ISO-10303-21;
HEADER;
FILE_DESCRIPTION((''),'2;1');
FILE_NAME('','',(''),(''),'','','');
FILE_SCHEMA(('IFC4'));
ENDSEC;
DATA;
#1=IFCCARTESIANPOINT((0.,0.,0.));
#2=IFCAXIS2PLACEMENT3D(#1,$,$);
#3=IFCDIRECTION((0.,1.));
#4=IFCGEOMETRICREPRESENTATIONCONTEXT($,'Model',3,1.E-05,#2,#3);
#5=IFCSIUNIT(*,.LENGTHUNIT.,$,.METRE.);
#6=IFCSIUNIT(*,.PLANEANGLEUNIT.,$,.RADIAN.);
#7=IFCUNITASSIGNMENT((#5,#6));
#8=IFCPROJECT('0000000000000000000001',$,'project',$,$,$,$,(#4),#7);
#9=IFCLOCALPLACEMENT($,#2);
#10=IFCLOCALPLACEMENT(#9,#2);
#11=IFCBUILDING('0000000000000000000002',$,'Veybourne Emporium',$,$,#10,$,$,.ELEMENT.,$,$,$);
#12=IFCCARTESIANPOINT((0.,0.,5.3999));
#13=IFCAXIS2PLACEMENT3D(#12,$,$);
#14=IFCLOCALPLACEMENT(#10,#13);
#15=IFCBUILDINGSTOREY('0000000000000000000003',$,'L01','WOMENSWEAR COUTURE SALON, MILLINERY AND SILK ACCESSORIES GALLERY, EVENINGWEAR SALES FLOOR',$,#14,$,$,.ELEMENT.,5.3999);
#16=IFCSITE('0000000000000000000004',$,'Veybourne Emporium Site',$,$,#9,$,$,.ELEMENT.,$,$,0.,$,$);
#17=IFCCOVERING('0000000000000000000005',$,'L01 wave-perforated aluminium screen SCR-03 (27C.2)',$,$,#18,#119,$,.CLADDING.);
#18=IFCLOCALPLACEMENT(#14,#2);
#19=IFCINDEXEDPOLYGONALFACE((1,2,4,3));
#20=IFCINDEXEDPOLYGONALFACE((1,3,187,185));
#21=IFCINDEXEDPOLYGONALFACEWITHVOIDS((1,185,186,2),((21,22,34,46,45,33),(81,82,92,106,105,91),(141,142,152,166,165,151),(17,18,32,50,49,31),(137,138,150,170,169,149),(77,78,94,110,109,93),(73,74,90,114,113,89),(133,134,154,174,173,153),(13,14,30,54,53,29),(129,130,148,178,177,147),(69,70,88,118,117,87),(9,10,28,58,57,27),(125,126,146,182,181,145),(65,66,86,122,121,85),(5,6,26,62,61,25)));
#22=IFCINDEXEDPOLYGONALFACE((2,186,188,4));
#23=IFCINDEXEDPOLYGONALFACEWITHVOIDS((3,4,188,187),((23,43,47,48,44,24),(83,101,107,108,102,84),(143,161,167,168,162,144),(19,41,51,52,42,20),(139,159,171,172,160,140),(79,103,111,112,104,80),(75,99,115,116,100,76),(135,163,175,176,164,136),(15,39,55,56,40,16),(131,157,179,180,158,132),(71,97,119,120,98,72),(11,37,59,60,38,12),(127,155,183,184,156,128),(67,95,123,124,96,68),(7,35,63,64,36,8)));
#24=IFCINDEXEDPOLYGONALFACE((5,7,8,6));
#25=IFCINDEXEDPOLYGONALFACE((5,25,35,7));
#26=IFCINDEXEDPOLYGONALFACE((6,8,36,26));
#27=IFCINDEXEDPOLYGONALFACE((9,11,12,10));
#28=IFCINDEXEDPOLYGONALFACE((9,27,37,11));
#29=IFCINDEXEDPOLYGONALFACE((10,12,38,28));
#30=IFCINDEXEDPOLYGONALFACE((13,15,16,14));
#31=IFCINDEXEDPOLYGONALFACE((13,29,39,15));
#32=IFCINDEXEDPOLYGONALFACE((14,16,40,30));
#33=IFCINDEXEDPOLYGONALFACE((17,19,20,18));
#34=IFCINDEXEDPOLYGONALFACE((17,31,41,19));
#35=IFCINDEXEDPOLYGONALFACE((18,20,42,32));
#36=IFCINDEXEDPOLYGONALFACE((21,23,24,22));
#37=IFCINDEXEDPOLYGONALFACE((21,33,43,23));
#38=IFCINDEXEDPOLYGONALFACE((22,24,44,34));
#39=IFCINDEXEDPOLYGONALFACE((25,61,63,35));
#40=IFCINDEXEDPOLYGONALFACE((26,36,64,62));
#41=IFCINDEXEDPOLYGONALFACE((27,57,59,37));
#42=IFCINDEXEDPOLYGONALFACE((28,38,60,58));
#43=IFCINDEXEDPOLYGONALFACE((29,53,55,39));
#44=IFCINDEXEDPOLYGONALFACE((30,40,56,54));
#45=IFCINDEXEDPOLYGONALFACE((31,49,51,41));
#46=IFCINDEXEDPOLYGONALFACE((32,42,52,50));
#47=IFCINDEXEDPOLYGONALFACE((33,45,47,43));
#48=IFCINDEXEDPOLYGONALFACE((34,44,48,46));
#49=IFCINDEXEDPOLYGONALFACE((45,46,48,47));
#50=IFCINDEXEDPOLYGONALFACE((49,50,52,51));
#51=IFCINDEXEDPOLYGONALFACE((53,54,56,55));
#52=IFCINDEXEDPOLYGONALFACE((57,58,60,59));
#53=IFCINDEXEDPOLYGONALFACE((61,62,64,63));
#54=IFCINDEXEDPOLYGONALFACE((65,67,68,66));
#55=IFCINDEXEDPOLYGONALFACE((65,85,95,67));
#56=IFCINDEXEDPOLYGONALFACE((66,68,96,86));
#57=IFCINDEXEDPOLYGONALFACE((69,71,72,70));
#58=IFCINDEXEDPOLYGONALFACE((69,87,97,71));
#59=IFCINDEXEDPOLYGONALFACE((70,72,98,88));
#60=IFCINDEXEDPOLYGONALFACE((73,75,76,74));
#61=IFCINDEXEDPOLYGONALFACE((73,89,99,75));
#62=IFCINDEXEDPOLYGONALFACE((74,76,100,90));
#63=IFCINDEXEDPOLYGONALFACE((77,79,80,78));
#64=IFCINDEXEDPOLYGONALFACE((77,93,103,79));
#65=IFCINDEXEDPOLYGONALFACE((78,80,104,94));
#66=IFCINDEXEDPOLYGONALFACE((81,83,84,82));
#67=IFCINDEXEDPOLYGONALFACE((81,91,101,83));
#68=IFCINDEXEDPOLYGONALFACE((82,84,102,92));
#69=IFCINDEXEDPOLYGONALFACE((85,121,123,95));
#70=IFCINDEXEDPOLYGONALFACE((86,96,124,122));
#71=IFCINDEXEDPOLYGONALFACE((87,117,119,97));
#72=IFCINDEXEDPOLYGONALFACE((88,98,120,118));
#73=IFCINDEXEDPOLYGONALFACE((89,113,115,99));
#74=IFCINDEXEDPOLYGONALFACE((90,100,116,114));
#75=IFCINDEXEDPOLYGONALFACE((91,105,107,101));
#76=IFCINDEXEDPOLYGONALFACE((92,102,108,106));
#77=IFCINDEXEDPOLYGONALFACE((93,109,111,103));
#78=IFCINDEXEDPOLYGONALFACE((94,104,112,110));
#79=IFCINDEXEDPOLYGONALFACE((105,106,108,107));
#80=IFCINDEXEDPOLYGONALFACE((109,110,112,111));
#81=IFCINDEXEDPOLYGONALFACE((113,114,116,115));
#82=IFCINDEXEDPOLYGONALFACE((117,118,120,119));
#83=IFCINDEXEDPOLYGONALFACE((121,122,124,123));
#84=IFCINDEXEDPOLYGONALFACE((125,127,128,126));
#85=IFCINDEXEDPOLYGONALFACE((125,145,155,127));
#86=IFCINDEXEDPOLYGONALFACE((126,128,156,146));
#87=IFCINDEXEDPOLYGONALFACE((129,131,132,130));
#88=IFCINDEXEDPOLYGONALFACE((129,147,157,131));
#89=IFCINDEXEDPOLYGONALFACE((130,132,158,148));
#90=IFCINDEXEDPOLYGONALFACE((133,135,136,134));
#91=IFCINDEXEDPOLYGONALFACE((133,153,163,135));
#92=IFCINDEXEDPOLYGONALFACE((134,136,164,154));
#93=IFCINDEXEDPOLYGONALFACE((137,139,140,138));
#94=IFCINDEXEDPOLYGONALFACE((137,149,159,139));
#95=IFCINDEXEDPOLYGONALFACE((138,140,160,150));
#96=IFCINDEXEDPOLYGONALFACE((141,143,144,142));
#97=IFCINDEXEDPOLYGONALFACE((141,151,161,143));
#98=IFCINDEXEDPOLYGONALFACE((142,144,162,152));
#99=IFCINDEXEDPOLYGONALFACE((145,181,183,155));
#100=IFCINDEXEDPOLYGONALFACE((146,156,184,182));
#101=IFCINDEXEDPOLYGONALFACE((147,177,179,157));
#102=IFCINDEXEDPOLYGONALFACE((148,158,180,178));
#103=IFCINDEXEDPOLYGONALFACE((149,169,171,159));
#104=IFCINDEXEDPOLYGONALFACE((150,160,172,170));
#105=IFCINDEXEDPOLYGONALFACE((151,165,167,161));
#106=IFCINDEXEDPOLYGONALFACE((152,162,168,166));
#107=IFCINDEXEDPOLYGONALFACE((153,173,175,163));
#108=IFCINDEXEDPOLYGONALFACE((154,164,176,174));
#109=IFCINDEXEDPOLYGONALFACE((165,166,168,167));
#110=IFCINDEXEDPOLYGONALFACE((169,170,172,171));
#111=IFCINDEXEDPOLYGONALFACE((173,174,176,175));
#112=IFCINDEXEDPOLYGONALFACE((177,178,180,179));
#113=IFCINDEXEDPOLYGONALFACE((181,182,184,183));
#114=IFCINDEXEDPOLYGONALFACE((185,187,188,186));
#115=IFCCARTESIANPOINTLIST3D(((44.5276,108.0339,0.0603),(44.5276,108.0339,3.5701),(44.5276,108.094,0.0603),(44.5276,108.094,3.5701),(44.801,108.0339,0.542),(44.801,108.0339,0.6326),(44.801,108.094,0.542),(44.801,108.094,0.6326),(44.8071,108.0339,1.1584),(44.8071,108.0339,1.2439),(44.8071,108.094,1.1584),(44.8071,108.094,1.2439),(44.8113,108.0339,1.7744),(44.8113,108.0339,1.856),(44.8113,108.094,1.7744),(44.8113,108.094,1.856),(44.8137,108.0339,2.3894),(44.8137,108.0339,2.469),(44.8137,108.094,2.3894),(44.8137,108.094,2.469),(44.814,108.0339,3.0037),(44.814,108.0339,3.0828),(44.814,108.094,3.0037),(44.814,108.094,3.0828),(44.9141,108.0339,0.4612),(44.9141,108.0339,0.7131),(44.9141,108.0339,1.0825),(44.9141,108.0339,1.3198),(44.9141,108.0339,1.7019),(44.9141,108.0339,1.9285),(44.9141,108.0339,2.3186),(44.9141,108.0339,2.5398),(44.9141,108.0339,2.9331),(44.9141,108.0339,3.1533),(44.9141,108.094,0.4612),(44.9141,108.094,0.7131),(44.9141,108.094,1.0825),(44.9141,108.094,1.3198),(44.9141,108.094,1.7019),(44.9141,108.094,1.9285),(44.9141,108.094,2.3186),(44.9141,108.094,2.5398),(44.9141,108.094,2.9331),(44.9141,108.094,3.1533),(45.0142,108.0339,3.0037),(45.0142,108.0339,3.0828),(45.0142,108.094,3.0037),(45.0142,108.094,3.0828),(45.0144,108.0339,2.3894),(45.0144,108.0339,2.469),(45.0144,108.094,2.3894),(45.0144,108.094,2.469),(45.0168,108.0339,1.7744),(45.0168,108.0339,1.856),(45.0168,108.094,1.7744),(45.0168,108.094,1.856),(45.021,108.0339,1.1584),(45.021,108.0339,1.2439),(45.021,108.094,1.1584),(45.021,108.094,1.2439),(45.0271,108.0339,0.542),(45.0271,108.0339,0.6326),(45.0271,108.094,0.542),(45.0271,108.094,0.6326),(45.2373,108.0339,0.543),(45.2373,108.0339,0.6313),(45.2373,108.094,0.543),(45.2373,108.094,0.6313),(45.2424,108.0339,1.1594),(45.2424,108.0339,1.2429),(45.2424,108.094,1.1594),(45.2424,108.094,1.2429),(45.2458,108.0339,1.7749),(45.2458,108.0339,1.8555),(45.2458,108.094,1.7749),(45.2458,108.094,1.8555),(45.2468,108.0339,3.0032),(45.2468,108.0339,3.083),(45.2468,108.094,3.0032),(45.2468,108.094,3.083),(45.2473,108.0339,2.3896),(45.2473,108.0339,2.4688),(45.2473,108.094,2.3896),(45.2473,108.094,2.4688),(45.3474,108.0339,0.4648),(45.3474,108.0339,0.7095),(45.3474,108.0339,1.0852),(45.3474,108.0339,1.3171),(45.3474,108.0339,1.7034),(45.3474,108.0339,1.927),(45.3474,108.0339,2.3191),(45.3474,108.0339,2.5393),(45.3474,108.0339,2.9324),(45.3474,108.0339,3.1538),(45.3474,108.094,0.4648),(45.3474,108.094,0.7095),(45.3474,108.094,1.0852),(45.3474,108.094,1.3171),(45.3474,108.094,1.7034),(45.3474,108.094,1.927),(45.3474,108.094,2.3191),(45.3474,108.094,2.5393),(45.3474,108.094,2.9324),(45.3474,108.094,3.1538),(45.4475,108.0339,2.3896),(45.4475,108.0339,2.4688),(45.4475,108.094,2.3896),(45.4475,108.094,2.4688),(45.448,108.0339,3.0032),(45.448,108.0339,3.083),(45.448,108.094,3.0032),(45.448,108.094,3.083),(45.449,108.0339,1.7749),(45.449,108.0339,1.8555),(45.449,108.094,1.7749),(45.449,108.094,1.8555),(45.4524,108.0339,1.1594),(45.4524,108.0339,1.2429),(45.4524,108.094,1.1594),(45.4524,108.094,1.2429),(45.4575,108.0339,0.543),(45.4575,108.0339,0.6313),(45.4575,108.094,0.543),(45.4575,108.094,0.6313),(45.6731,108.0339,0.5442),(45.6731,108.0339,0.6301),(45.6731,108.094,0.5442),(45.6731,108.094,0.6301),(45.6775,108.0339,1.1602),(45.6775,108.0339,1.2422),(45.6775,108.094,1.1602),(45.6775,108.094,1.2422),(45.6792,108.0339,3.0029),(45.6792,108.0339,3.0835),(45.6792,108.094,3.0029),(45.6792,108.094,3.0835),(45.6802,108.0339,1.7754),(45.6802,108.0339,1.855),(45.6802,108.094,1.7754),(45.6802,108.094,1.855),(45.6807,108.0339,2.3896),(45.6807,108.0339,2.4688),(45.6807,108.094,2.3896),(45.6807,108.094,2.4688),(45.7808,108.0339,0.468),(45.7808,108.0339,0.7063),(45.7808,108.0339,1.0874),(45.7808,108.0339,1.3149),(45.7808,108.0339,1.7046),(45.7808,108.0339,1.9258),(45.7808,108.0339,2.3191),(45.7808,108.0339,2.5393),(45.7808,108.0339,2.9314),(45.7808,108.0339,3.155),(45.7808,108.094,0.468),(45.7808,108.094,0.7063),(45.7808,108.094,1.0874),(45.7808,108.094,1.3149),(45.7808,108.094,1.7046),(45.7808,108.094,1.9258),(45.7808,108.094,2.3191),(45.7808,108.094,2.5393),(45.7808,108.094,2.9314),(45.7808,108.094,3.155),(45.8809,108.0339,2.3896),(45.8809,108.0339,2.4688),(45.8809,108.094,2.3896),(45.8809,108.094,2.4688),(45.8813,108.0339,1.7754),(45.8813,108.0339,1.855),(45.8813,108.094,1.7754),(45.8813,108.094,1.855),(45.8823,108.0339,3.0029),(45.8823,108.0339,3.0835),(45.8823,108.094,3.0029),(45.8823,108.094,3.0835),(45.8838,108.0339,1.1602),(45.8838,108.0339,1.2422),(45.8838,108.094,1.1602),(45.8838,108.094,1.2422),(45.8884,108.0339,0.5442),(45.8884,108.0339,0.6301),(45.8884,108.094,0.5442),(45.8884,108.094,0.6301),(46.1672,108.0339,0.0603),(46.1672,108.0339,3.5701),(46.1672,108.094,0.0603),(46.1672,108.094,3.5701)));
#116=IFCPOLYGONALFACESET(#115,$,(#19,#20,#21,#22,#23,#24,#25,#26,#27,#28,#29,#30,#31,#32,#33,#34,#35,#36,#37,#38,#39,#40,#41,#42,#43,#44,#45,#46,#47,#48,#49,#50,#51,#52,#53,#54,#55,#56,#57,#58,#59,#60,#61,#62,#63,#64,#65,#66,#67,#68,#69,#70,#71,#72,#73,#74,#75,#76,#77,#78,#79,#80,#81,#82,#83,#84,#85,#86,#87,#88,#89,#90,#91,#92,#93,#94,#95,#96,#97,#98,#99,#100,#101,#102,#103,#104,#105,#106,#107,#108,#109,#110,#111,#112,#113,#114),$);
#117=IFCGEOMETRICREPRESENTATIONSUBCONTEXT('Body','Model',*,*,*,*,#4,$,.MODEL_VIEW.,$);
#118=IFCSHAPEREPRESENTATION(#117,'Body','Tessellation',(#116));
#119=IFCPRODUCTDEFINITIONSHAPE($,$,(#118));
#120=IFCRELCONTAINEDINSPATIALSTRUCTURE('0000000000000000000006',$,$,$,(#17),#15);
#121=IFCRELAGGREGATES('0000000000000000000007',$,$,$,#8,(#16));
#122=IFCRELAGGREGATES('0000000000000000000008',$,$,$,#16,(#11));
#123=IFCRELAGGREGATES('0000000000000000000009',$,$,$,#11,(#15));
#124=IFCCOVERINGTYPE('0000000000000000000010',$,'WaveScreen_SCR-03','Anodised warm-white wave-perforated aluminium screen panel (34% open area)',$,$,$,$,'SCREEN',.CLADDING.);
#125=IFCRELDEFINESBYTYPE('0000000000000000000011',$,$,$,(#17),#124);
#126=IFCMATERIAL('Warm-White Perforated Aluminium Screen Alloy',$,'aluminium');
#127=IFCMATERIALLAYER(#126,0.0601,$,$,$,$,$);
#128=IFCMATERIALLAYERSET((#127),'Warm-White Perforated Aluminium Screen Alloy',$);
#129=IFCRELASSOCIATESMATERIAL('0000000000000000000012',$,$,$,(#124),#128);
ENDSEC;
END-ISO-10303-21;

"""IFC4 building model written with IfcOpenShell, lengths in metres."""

from ifc_helpers import new_model, si_unit, direction, frame, origin, place, context, subcontext, project, spatial, polyline, outline, extrude, material, layer, layer_set, type_object, element, save


model = new_model("IFC4")

# Units and contexts
model_context = context("Model", 3, precision=1e-05, world=origin(), true_north=direction((0.0, 1.0)))
body_context = subcontext(model_context, "Body", "Model", "MODEL_VIEW")
ifc_project = project(units=[si_unit("LENGTHUNIT", "METRE"), si_unit("PLANEANGLEUNIT", "RADIAN")], contexts=[model_context])

# Site, building, storey
site_placement = place(None, origin())
site = spatial("IfcSite", under=ifc_project, at=site_placement, Name="Veybourne Emporium Site", CompositionType="ELEMENT", RefElevation=0.0)
building_placement = place(site_placement, origin())
building = spatial("IfcBuilding", under=site, at=building_placement, Name="Veybourne Emporium", CompositionType="ELEMENT")
storey_placement = place(building_placement, frame((0.0, 0.0, 5.3999)))
storey = spatial("IfcBuildingStorey", under=building, at=storey_placement, Name="L01", Description="WOMENSWEAR COUTURE SALON, MILLINERY AND SILK ACCESSORIES GALLERY, EVENINGWEAR SALES FLOOR", CompositionType="ELEMENT", Elevation=5.3999)

# Covering
ifc_material_1 = material(Name="Warm-White Perforated Aluminium Screen Alloy", Category="aluminium")
ifc_layer_1 = layer(ifc_material_1, 0.0601)
ifc_layer_set_1 = layer_set([ifc_layer_1], Name="Warm-White Perforated Aluminium Screen Alloy")
covering_type_1 = type_object("IfcCoveringType", Name="WaveScreen_SCR-03", Description="Anodised warm-white wave-perforated aluminium screen panel (34% open area)", ElementType="SCREEN", PredefinedType="CLADDING", material=ifc_layer_set_1)
covering_1_placement = place(storey_placement, frame((45.3474, 108.094, 1.8152), z_axis=(0.0, -1.0, 0.0), x_axis=(1.0, 0.0, 0.0)))
element("IfcCovering", 1, at=covering_1_placement, inside=storey, type_object=covering_type_1, Name="L01 wave-perforated aluminium screen SCR-03 (27C.2)", PredefinedType="CLADDING", context=body_context, shape_type="SweptSolid", body=[
    extrude(outline(polyline([(-0.8198, -1.7549), (0.8198, -1.7549), (0.8198, 1.7549), (-0.8198, 1.7549), (-0.8198, -1.7549)]), holes=[polyline([(-0.4333, -1.1021), (-0.3203, -1.1826), (-0.3203, -1.2732), (-0.4333, -1.354), (-0.5464, -1.2732), (-0.5464, -1.1826), (-0.4333, -1.1021)]), polyline([(-0.4333, -0.4954), (-0.3264, -0.5713), (-0.3264, -0.6567), (-0.4333, -0.7327), (-0.5403, -0.6567), (-0.5403, -0.5713), (-0.4333, -0.4954)]), polyline([(-0.4333, 0.1133), (-0.3306, 0.0408), (-0.3306, -0.0408), (-0.4333, -0.1133), (-0.5361, -0.0408), (-0.5361, 0.0408), (-0.4333, 0.1133)]), polyline([(-0.4333, 0.7246), (-0.333, 0.6538), (-0.333, 0.5742), (-0.4333, 0.5034), (-0.5337, 0.5742), (-0.5337, 0.6538), (-0.4333, 0.7246)]), polyline([(-0.4333, 1.3381), (-0.3333, 1.2676), (-0.3333, 1.1885), (-0.4333, 1.1179), (-0.5334, 1.1885), (-0.5334, 1.2676), (-0.4333, 1.3381)]), polyline([(0.0, -1.1057), (0.1101, -1.1838), (0.1101, -1.2722), (0.0, -1.3503), (-0.1101, -1.2722), (-0.1101, -1.1838), (0.0, -1.1057)]), polyline([(0.0, -0.498), (0.105, -0.5723), (0.105, -0.6558), (0.0, -0.73), (-0.105, -0.6558), (-0.105, -0.5723), (0.0, -0.498)]), polyline([(0.0, 0.1118), (0.1016, 0.0403), (0.1016, -0.0403), (0.0, -0.1118), (-0.1016, -0.0403), (-0.1016, 0.0403), (0.0, 0.1118)]), polyline([(0.0, 0.7241), (0.1001, 0.6536), (0.1001, 0.5745), (0.0, 0.5039), (-0.1001, 0.5745), (-0.1001, 0.6536), (0.0, 0.7241)]), polyline([(0.0, 1.3386), (0.1006, 1.2678), (0.1006, 1.188), (0.0, 1.1172), (-0.1006, 1.188), (-0.1006, 1.2678), (0.0, 1.3386)]), polyline([(0.4333, -1.1089), (0.541, -1.1851), (0.541, -1.271), (0.4333, -1.3472), (0.3257, -1.271), (0.3257, -1.1851), (0.4333, -1.1089)]), polyline([(0.4333, -0.5002), (0.5364, -0.573), (0.5364, -0.655), (0.4333, -0.7278), (0.3301, -0.655), (0.3301, -0.573), (0.4333, -0.5002)]), polyline([(0.4333, 0.1106), (0.5339, 0.0398), (0.5339, -0.0398), (0.4333, -0.1106), (0.3328, -0.0398), (0.3328, 0.0398), (0.4333, 0.1106)]), polyline([(0.4333, 0.7241), (0.5334, 0.6536), (0.5334, 0.5745), (0.4333, 0.5039), (0.3333, 0.5745), (0.3333, 0.6536), (0.4333, 0.7241)]), polyline([(0.4333, 1.3398), (0.5349, 1.2683), (0.5349, 1.1877), (0.4333, 1.1162), (0.3318, 1.1877), (0.3318, 1.2683), (0.4333, 1.3398)])]), origin(), (0.0, 0.0, 1.0), 0.0601),
])

save(model, "model.ifc")
